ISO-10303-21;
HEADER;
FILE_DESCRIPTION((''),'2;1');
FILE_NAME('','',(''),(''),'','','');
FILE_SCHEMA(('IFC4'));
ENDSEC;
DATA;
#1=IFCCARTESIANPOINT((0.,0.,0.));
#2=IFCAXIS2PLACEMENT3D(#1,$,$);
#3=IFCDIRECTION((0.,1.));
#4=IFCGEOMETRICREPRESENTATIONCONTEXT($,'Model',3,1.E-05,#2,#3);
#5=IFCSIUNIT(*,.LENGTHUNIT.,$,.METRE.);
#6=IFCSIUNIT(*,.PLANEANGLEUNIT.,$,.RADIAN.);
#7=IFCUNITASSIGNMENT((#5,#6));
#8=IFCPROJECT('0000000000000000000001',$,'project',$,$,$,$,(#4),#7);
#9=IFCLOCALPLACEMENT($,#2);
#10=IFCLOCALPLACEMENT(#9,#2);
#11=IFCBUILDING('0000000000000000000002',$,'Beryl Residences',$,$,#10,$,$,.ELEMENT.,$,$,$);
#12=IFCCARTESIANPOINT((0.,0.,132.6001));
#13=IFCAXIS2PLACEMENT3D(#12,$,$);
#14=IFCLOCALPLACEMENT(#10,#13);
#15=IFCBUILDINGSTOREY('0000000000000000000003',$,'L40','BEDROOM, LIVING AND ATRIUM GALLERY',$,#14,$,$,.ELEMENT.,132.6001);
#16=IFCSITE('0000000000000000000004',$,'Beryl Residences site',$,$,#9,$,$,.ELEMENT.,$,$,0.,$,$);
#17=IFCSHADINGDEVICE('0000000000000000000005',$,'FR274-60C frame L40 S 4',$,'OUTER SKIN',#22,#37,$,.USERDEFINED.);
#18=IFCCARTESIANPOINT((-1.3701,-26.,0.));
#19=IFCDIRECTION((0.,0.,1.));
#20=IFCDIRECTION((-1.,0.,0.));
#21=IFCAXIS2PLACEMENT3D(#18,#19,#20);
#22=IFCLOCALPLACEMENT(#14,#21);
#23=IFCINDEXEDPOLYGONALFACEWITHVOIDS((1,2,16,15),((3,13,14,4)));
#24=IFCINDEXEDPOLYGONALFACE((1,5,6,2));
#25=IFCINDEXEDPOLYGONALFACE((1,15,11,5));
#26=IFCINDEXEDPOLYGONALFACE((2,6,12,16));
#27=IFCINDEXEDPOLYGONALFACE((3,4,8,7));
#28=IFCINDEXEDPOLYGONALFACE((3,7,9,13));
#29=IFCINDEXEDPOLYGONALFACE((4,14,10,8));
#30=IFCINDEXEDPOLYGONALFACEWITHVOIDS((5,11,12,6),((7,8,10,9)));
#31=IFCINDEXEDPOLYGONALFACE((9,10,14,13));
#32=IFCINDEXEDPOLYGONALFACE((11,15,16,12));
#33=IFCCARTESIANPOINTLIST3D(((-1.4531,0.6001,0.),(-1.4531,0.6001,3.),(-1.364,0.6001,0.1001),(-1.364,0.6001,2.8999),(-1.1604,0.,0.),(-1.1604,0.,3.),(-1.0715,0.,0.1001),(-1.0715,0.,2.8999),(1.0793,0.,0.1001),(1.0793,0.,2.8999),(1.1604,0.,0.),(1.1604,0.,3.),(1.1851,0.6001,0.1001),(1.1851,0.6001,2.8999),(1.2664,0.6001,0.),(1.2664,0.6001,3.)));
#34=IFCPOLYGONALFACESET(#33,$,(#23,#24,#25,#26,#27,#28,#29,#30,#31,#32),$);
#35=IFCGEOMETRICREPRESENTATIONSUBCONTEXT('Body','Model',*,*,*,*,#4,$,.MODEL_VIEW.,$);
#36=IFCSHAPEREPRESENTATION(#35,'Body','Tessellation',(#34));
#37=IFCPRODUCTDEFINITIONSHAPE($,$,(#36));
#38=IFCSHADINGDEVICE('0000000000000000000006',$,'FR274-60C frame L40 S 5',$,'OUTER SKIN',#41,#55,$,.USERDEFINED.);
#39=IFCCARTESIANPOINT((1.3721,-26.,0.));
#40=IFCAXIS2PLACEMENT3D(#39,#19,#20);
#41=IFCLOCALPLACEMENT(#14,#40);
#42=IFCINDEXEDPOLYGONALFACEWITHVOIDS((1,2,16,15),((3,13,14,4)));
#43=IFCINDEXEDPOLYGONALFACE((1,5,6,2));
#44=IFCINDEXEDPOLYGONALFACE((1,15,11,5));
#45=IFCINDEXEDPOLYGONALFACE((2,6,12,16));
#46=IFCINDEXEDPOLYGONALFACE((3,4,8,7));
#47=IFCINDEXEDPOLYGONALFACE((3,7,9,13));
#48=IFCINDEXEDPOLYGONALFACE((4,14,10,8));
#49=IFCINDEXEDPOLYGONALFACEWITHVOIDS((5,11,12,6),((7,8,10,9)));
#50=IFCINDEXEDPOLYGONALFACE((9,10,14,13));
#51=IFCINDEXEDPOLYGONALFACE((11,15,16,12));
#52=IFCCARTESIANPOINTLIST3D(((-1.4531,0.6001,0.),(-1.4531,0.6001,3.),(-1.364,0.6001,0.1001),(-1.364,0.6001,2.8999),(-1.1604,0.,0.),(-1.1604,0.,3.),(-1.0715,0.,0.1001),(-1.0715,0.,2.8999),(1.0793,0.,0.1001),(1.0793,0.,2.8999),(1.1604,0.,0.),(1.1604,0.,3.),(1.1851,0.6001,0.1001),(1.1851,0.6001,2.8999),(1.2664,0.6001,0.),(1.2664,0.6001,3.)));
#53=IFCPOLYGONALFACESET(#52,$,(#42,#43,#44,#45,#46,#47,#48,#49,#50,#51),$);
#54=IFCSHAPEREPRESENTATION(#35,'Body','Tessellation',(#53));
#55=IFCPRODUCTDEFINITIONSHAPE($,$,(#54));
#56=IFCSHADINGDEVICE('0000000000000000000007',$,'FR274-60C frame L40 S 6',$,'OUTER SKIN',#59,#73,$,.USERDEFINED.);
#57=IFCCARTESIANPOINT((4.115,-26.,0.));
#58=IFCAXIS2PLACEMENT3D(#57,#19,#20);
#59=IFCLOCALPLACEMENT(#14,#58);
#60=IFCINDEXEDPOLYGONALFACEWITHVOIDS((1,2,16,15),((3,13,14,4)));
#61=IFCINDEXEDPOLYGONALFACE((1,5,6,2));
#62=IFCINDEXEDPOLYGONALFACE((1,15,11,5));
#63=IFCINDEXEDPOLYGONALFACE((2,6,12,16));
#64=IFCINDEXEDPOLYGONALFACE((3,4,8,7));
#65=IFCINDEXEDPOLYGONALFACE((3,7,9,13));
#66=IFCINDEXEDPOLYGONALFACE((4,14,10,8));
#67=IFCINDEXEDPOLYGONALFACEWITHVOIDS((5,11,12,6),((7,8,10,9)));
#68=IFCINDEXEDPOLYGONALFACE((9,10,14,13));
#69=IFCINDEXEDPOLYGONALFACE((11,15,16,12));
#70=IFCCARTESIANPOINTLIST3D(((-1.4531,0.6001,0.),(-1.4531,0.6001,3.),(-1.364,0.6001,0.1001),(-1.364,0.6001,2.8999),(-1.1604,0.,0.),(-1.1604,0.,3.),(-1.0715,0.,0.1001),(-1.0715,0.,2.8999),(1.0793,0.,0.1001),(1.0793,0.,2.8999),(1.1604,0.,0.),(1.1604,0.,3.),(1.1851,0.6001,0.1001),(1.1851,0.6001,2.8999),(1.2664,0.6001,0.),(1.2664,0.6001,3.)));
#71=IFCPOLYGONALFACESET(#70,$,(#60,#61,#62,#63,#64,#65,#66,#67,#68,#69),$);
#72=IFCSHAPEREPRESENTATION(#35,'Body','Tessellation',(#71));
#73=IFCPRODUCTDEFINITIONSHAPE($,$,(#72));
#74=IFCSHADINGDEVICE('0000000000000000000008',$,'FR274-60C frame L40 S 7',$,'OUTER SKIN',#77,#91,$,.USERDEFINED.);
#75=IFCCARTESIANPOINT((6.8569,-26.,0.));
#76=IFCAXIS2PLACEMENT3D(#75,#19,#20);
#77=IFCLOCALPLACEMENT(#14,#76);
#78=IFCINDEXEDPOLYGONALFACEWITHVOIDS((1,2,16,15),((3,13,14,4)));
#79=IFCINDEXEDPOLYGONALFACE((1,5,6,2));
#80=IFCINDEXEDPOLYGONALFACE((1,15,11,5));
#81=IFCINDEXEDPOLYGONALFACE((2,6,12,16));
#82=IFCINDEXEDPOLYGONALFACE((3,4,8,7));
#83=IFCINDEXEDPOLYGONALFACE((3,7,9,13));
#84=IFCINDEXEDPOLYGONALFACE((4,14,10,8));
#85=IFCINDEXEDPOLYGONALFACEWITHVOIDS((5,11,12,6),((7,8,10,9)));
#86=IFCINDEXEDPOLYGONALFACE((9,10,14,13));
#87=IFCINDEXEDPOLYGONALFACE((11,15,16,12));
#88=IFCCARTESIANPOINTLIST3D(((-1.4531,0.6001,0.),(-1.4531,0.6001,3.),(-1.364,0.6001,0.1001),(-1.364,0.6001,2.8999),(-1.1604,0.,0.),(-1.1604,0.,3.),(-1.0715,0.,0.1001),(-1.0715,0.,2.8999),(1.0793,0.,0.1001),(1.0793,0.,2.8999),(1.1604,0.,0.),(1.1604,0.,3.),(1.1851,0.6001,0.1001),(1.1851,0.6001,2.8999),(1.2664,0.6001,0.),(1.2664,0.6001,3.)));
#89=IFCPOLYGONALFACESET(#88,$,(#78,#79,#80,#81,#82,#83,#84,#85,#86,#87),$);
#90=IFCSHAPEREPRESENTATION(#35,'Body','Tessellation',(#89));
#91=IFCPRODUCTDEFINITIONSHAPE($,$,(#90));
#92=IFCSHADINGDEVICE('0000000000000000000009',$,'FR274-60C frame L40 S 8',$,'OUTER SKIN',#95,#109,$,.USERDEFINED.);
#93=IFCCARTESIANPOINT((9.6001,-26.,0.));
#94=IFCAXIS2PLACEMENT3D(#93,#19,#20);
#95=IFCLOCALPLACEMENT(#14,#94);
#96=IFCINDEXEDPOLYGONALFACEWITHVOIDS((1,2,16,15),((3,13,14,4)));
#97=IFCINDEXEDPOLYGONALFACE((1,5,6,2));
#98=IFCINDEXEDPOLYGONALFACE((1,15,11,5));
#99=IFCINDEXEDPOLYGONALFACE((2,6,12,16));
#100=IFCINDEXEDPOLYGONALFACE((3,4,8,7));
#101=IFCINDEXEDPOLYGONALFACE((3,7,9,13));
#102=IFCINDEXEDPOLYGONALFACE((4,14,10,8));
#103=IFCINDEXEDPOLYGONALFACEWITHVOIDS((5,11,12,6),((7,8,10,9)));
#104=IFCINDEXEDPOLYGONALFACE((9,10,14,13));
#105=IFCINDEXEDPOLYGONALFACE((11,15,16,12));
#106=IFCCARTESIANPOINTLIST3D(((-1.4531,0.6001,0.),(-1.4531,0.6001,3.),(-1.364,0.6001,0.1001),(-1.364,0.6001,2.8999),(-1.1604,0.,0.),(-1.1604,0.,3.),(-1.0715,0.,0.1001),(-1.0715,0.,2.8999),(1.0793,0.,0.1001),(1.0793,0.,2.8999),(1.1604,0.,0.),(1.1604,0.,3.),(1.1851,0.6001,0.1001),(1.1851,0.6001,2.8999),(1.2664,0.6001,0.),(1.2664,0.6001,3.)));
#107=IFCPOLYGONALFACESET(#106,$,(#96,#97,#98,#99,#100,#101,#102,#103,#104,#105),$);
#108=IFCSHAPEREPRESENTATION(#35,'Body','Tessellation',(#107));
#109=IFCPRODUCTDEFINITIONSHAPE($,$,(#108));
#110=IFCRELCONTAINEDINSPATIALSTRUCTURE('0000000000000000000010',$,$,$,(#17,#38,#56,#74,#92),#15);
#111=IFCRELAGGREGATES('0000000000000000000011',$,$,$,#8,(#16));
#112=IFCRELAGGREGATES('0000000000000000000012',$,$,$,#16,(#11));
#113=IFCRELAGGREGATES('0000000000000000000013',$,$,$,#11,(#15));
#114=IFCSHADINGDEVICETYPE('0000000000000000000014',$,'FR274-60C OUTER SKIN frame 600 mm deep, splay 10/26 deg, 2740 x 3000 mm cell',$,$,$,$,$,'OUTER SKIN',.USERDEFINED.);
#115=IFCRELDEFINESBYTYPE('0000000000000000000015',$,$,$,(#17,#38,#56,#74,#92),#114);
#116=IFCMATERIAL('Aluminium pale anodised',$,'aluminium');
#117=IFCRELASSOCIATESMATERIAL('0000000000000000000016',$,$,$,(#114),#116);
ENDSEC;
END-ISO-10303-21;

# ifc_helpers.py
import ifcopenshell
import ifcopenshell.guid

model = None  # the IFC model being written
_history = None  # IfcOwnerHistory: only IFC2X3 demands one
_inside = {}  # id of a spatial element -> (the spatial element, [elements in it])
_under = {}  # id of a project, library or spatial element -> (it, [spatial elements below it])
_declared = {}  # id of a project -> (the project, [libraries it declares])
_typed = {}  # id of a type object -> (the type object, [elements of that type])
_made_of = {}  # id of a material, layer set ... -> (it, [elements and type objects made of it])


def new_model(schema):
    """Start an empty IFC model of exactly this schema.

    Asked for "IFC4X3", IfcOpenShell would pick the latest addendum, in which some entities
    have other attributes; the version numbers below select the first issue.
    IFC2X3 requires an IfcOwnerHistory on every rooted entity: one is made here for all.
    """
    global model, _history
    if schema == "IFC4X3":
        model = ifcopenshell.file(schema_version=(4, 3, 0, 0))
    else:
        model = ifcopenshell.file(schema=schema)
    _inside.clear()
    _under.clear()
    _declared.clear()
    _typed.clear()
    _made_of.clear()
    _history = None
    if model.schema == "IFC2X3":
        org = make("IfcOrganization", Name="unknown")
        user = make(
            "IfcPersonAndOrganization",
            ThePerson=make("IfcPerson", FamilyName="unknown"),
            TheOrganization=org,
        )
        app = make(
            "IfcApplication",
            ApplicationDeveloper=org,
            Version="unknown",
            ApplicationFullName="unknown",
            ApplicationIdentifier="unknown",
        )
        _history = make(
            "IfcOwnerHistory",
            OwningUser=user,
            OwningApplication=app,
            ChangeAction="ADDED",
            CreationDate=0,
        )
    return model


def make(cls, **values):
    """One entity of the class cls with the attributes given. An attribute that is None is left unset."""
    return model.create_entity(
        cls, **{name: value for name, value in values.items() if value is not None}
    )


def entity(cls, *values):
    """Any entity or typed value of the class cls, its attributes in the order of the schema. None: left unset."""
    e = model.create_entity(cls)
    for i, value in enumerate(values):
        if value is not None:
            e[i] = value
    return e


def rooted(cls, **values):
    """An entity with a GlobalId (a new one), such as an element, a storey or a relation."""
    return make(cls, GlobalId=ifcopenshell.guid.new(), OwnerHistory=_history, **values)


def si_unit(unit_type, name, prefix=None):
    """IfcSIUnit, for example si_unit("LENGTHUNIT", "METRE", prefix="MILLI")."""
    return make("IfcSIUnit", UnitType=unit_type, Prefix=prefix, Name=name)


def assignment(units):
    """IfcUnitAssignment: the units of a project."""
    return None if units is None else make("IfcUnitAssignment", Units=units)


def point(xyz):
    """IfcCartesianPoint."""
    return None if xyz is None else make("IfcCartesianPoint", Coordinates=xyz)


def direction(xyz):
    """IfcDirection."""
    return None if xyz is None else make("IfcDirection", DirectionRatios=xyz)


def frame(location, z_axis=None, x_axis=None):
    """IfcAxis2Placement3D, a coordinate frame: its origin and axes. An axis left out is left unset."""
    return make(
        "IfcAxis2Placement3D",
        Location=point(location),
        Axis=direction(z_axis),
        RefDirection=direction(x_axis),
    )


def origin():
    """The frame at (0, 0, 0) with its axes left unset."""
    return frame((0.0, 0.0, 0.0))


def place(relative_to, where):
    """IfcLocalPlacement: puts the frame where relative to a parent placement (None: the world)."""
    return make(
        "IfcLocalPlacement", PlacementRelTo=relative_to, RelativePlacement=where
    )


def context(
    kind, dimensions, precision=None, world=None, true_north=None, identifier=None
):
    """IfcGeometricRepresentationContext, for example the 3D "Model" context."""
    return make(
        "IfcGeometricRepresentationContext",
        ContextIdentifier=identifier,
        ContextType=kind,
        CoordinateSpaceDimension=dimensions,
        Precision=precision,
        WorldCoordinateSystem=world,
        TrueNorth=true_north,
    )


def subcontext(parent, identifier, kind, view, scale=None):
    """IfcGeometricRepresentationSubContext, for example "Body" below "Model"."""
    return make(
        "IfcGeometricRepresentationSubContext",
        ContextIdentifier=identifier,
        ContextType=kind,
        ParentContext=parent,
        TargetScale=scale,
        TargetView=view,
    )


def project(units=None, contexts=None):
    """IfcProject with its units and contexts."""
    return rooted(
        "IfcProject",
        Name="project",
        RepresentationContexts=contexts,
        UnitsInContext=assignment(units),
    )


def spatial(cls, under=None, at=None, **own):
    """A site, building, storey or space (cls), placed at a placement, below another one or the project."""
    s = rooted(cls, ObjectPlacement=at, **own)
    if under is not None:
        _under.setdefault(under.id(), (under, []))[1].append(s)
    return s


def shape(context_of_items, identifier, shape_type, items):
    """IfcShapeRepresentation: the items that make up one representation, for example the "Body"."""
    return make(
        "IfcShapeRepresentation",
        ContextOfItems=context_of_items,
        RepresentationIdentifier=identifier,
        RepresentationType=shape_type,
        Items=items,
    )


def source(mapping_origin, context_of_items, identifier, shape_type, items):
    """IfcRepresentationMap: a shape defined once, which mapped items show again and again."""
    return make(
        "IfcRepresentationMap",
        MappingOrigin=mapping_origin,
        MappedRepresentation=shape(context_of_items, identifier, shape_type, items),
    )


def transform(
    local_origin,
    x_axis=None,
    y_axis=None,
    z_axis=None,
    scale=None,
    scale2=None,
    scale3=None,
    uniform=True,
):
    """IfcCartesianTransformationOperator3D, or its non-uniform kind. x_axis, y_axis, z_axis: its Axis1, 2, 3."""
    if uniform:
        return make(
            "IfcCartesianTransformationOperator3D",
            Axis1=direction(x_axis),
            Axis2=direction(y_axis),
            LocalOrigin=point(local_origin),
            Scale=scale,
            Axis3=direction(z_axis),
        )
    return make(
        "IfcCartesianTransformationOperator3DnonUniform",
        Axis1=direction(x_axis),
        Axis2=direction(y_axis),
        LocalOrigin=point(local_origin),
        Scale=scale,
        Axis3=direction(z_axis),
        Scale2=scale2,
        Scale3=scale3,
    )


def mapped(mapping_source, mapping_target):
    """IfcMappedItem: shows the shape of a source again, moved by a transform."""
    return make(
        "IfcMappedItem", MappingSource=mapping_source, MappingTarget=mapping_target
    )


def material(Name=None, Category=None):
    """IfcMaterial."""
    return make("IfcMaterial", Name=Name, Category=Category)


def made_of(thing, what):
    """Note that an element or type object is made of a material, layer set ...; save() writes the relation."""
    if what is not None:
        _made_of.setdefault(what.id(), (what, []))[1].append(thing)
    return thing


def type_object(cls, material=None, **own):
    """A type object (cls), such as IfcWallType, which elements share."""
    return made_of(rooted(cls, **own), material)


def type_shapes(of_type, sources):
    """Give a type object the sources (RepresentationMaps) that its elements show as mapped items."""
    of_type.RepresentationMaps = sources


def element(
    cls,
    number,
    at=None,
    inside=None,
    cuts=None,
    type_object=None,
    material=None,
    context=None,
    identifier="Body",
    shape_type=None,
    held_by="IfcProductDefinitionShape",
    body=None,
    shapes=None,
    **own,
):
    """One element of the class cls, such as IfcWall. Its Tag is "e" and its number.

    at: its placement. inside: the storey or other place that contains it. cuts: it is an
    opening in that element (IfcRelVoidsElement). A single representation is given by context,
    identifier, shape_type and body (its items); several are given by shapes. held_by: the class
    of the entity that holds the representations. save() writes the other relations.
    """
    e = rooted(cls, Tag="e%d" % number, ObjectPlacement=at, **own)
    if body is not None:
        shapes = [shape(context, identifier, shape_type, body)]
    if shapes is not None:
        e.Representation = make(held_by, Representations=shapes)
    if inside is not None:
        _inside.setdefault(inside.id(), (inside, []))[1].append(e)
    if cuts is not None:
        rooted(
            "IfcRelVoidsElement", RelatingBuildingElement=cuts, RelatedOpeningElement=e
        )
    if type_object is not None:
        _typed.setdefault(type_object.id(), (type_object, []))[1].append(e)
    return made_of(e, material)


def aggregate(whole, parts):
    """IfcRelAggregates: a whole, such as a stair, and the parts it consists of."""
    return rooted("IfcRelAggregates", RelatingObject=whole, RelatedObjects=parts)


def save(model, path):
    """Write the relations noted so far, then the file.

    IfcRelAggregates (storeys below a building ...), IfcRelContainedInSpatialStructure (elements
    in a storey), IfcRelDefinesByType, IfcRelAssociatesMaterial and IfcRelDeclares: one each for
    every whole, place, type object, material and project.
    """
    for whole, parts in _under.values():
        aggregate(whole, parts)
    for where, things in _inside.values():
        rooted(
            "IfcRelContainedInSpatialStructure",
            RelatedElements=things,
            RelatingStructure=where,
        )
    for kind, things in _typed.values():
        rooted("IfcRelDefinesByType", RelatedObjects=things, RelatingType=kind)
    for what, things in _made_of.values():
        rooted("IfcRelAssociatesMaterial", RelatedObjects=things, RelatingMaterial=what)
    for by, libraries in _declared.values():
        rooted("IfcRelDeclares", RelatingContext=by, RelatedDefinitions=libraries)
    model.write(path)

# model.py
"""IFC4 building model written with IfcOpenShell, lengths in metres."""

from ifc_helpers import new_model, entity, si_unit, direction, frame, origin, place, context, subcontext, project, spatial, source, transform, mapped, material, type_object, type_shapes, element, save


model = new_model("IFC4")

# Units and contexts
model_context = context("Model", 3, precision=1e-05, world=origin(), true_north=direction((0.0, 1.0)))
body_context = subcontext(model_context, "Body", "Model", "MODEL_VIEW")
ifc_project = project(units=[si_unit("LENGTHUNIT", "METRE"), si_unit("PLANEANGLEUNIT", "RADIAN")], contexts=[model_context])

# Site, building, storey
site_placement = place(None, origin())
site = spatial("IfcSite", under=ifc_project, at=site_placement, Name="Beryl Residences site", CompositionType="ELEMENT", RefElevation=0.0)
building_placement = place(site_placement, origin())
building = spatial("IfcBuilding", under=site, at=building_placement, Name="Beryl Residences", CompositionType="ELEMENT")
storey_placement = place(building_placement, frame((0.0, 0.0, 132.6001)))
storey = spatial("IfcBuildingStorey", under=building, at=storey_placement, Name="L40", Description="BEDROOM, LIVING AND ATRIUM GALLERY", CompositionType="ELEMENT", Elevation=132.6001)

# Shading devices
ifc_material_1 = material(Name="Aluminium pale anodised", Category="aluminium")
shading_device_type = type_object("IfcShadingDeviceType", Name="FR274-60C OUTER SKIN frame 600 mm deep, splay 10/26 deg, 2740 x 3000 mm cell", ElementType="OUTER SKIN", PredefinedType="USERDEFINED", material=ifc_material_1)
cartesian_point_1 = entity("IfcCartesianPoint", [-1.1604, 0.0])
cartesian_point_2 = entity("IfcCartesianPoint", [-1.0793, 0.1001])
cartesian_point_3 = entity("IfcCartesianPoint", [-1.2664, 0.0])
cartesian_point_4 = entity("IfcCartesianPoint", [-1.1851, 0.1001])
shared_shape_1 = source(origin(), body_context, "Body", "SweptSolid", [
    entity("IfcExtrudedAreaSolidTapered", entity("IfcArbitraryProfileDefWithVoids", "AREA", None, entity("IfcPolyline", [cartesian_point_1, entity("IfcCartesianPoint", [1.1604, 0.0]), entity("IfcCartesianPoint", [1.1604, 3.0]), entity("IfcCartesianPoint", [-1.1604, 3.0]), cartesian_point_1]), [entity("IfcPolyline", [cartesian_point_2, entity("IfcCartesianPoint", [1.0715, 0.1001]), entity("IfcCartesianPoint", [1.0715, 2.8999]), entity("IfcCartesianPoint", [-1.0793, 2.8999]), cartesian_point_2])]), entity("IfcAxis2Placement3D", entity("IfcCartesianPoint", [0.0, 0.0, 0.0]), entity("IfcDirection", [0.0, 1.0, 0.0]), entity("IfcDirection", [-1.0, 0.0, 0.0])), entity("IfcDirection", [0.0, 0.0, 1.0]), 0.6001, entity("IfcArbitraryProfileDefWithVoids", "AREA", None, entity("IfcPolyline", [cartesian_point_3, entity("IfcCartesianPoint", [1.4531, 0.0]), entity("IfcCartesianPoint", [1.4531, 3.0]), entity("IfcCartesianPoint", [-1.2664, 3.0]), cartesian_point_3]), [entity("IfcPolyline", [cartesian_point_4, entity("IfcCartesianPoint", [1.364, 0.1001]), entity("IfcCartesianPoint", [1.364, 2.8999]), entity("IfcCartesianPoint", [-1.1851, 2.8999]), cartesian_point_4])])),
])
type_shapes(shading_device_type, [shared_shape_1])
for number, where, z_axis, x_axis, name in (
    (1, (-1.3701, -26.0, 0.0), (0.0, 0.0, 1.0), (-1.0, 0.0, 0.0), "FR274-60C frame L40 S 4"),
    (2, (1.3721, -26.0, 0.0), (0.0, 0.0, 1.0), (-1.0, 0.0, 0.0), "FR274-60C frame L40 S 5"),
    (3, (4.115, -26.0, 0.0), (0.0, 0.0, 1.0), (-1.0, 0.0, 0.0), "FR274-60C frame L40 S 6"),
    (4, (6.8569, -26.0, 0.0), (0.0, 0.0, 1.0), (-1.0, 0.0, 0.0), "FR274-60C frame L40 S 7"),
    (5, (9.6001, -26.0, 0.0), (0.0, 0.0, 1.0), (-1.0, 0.0, 0.0), "FR274-60C frame L40 S 8"),
):
    element("IfcShadingDevice", number, at=place(storey_placement, frame(where, z_axis=z_axis, x_axis=x_axis)), inside=storey, type_object=shading_device_type, Name=name, ObjectType="OUTER SKIN", PredefinedType="USERDEFINED", context=body_context, shape_type="MappedRepresentation", body=[
        mapped(shared_shape_1, transform((0.0, 0.0, 0.0))),
    ])

save(model, "model.ifc")
